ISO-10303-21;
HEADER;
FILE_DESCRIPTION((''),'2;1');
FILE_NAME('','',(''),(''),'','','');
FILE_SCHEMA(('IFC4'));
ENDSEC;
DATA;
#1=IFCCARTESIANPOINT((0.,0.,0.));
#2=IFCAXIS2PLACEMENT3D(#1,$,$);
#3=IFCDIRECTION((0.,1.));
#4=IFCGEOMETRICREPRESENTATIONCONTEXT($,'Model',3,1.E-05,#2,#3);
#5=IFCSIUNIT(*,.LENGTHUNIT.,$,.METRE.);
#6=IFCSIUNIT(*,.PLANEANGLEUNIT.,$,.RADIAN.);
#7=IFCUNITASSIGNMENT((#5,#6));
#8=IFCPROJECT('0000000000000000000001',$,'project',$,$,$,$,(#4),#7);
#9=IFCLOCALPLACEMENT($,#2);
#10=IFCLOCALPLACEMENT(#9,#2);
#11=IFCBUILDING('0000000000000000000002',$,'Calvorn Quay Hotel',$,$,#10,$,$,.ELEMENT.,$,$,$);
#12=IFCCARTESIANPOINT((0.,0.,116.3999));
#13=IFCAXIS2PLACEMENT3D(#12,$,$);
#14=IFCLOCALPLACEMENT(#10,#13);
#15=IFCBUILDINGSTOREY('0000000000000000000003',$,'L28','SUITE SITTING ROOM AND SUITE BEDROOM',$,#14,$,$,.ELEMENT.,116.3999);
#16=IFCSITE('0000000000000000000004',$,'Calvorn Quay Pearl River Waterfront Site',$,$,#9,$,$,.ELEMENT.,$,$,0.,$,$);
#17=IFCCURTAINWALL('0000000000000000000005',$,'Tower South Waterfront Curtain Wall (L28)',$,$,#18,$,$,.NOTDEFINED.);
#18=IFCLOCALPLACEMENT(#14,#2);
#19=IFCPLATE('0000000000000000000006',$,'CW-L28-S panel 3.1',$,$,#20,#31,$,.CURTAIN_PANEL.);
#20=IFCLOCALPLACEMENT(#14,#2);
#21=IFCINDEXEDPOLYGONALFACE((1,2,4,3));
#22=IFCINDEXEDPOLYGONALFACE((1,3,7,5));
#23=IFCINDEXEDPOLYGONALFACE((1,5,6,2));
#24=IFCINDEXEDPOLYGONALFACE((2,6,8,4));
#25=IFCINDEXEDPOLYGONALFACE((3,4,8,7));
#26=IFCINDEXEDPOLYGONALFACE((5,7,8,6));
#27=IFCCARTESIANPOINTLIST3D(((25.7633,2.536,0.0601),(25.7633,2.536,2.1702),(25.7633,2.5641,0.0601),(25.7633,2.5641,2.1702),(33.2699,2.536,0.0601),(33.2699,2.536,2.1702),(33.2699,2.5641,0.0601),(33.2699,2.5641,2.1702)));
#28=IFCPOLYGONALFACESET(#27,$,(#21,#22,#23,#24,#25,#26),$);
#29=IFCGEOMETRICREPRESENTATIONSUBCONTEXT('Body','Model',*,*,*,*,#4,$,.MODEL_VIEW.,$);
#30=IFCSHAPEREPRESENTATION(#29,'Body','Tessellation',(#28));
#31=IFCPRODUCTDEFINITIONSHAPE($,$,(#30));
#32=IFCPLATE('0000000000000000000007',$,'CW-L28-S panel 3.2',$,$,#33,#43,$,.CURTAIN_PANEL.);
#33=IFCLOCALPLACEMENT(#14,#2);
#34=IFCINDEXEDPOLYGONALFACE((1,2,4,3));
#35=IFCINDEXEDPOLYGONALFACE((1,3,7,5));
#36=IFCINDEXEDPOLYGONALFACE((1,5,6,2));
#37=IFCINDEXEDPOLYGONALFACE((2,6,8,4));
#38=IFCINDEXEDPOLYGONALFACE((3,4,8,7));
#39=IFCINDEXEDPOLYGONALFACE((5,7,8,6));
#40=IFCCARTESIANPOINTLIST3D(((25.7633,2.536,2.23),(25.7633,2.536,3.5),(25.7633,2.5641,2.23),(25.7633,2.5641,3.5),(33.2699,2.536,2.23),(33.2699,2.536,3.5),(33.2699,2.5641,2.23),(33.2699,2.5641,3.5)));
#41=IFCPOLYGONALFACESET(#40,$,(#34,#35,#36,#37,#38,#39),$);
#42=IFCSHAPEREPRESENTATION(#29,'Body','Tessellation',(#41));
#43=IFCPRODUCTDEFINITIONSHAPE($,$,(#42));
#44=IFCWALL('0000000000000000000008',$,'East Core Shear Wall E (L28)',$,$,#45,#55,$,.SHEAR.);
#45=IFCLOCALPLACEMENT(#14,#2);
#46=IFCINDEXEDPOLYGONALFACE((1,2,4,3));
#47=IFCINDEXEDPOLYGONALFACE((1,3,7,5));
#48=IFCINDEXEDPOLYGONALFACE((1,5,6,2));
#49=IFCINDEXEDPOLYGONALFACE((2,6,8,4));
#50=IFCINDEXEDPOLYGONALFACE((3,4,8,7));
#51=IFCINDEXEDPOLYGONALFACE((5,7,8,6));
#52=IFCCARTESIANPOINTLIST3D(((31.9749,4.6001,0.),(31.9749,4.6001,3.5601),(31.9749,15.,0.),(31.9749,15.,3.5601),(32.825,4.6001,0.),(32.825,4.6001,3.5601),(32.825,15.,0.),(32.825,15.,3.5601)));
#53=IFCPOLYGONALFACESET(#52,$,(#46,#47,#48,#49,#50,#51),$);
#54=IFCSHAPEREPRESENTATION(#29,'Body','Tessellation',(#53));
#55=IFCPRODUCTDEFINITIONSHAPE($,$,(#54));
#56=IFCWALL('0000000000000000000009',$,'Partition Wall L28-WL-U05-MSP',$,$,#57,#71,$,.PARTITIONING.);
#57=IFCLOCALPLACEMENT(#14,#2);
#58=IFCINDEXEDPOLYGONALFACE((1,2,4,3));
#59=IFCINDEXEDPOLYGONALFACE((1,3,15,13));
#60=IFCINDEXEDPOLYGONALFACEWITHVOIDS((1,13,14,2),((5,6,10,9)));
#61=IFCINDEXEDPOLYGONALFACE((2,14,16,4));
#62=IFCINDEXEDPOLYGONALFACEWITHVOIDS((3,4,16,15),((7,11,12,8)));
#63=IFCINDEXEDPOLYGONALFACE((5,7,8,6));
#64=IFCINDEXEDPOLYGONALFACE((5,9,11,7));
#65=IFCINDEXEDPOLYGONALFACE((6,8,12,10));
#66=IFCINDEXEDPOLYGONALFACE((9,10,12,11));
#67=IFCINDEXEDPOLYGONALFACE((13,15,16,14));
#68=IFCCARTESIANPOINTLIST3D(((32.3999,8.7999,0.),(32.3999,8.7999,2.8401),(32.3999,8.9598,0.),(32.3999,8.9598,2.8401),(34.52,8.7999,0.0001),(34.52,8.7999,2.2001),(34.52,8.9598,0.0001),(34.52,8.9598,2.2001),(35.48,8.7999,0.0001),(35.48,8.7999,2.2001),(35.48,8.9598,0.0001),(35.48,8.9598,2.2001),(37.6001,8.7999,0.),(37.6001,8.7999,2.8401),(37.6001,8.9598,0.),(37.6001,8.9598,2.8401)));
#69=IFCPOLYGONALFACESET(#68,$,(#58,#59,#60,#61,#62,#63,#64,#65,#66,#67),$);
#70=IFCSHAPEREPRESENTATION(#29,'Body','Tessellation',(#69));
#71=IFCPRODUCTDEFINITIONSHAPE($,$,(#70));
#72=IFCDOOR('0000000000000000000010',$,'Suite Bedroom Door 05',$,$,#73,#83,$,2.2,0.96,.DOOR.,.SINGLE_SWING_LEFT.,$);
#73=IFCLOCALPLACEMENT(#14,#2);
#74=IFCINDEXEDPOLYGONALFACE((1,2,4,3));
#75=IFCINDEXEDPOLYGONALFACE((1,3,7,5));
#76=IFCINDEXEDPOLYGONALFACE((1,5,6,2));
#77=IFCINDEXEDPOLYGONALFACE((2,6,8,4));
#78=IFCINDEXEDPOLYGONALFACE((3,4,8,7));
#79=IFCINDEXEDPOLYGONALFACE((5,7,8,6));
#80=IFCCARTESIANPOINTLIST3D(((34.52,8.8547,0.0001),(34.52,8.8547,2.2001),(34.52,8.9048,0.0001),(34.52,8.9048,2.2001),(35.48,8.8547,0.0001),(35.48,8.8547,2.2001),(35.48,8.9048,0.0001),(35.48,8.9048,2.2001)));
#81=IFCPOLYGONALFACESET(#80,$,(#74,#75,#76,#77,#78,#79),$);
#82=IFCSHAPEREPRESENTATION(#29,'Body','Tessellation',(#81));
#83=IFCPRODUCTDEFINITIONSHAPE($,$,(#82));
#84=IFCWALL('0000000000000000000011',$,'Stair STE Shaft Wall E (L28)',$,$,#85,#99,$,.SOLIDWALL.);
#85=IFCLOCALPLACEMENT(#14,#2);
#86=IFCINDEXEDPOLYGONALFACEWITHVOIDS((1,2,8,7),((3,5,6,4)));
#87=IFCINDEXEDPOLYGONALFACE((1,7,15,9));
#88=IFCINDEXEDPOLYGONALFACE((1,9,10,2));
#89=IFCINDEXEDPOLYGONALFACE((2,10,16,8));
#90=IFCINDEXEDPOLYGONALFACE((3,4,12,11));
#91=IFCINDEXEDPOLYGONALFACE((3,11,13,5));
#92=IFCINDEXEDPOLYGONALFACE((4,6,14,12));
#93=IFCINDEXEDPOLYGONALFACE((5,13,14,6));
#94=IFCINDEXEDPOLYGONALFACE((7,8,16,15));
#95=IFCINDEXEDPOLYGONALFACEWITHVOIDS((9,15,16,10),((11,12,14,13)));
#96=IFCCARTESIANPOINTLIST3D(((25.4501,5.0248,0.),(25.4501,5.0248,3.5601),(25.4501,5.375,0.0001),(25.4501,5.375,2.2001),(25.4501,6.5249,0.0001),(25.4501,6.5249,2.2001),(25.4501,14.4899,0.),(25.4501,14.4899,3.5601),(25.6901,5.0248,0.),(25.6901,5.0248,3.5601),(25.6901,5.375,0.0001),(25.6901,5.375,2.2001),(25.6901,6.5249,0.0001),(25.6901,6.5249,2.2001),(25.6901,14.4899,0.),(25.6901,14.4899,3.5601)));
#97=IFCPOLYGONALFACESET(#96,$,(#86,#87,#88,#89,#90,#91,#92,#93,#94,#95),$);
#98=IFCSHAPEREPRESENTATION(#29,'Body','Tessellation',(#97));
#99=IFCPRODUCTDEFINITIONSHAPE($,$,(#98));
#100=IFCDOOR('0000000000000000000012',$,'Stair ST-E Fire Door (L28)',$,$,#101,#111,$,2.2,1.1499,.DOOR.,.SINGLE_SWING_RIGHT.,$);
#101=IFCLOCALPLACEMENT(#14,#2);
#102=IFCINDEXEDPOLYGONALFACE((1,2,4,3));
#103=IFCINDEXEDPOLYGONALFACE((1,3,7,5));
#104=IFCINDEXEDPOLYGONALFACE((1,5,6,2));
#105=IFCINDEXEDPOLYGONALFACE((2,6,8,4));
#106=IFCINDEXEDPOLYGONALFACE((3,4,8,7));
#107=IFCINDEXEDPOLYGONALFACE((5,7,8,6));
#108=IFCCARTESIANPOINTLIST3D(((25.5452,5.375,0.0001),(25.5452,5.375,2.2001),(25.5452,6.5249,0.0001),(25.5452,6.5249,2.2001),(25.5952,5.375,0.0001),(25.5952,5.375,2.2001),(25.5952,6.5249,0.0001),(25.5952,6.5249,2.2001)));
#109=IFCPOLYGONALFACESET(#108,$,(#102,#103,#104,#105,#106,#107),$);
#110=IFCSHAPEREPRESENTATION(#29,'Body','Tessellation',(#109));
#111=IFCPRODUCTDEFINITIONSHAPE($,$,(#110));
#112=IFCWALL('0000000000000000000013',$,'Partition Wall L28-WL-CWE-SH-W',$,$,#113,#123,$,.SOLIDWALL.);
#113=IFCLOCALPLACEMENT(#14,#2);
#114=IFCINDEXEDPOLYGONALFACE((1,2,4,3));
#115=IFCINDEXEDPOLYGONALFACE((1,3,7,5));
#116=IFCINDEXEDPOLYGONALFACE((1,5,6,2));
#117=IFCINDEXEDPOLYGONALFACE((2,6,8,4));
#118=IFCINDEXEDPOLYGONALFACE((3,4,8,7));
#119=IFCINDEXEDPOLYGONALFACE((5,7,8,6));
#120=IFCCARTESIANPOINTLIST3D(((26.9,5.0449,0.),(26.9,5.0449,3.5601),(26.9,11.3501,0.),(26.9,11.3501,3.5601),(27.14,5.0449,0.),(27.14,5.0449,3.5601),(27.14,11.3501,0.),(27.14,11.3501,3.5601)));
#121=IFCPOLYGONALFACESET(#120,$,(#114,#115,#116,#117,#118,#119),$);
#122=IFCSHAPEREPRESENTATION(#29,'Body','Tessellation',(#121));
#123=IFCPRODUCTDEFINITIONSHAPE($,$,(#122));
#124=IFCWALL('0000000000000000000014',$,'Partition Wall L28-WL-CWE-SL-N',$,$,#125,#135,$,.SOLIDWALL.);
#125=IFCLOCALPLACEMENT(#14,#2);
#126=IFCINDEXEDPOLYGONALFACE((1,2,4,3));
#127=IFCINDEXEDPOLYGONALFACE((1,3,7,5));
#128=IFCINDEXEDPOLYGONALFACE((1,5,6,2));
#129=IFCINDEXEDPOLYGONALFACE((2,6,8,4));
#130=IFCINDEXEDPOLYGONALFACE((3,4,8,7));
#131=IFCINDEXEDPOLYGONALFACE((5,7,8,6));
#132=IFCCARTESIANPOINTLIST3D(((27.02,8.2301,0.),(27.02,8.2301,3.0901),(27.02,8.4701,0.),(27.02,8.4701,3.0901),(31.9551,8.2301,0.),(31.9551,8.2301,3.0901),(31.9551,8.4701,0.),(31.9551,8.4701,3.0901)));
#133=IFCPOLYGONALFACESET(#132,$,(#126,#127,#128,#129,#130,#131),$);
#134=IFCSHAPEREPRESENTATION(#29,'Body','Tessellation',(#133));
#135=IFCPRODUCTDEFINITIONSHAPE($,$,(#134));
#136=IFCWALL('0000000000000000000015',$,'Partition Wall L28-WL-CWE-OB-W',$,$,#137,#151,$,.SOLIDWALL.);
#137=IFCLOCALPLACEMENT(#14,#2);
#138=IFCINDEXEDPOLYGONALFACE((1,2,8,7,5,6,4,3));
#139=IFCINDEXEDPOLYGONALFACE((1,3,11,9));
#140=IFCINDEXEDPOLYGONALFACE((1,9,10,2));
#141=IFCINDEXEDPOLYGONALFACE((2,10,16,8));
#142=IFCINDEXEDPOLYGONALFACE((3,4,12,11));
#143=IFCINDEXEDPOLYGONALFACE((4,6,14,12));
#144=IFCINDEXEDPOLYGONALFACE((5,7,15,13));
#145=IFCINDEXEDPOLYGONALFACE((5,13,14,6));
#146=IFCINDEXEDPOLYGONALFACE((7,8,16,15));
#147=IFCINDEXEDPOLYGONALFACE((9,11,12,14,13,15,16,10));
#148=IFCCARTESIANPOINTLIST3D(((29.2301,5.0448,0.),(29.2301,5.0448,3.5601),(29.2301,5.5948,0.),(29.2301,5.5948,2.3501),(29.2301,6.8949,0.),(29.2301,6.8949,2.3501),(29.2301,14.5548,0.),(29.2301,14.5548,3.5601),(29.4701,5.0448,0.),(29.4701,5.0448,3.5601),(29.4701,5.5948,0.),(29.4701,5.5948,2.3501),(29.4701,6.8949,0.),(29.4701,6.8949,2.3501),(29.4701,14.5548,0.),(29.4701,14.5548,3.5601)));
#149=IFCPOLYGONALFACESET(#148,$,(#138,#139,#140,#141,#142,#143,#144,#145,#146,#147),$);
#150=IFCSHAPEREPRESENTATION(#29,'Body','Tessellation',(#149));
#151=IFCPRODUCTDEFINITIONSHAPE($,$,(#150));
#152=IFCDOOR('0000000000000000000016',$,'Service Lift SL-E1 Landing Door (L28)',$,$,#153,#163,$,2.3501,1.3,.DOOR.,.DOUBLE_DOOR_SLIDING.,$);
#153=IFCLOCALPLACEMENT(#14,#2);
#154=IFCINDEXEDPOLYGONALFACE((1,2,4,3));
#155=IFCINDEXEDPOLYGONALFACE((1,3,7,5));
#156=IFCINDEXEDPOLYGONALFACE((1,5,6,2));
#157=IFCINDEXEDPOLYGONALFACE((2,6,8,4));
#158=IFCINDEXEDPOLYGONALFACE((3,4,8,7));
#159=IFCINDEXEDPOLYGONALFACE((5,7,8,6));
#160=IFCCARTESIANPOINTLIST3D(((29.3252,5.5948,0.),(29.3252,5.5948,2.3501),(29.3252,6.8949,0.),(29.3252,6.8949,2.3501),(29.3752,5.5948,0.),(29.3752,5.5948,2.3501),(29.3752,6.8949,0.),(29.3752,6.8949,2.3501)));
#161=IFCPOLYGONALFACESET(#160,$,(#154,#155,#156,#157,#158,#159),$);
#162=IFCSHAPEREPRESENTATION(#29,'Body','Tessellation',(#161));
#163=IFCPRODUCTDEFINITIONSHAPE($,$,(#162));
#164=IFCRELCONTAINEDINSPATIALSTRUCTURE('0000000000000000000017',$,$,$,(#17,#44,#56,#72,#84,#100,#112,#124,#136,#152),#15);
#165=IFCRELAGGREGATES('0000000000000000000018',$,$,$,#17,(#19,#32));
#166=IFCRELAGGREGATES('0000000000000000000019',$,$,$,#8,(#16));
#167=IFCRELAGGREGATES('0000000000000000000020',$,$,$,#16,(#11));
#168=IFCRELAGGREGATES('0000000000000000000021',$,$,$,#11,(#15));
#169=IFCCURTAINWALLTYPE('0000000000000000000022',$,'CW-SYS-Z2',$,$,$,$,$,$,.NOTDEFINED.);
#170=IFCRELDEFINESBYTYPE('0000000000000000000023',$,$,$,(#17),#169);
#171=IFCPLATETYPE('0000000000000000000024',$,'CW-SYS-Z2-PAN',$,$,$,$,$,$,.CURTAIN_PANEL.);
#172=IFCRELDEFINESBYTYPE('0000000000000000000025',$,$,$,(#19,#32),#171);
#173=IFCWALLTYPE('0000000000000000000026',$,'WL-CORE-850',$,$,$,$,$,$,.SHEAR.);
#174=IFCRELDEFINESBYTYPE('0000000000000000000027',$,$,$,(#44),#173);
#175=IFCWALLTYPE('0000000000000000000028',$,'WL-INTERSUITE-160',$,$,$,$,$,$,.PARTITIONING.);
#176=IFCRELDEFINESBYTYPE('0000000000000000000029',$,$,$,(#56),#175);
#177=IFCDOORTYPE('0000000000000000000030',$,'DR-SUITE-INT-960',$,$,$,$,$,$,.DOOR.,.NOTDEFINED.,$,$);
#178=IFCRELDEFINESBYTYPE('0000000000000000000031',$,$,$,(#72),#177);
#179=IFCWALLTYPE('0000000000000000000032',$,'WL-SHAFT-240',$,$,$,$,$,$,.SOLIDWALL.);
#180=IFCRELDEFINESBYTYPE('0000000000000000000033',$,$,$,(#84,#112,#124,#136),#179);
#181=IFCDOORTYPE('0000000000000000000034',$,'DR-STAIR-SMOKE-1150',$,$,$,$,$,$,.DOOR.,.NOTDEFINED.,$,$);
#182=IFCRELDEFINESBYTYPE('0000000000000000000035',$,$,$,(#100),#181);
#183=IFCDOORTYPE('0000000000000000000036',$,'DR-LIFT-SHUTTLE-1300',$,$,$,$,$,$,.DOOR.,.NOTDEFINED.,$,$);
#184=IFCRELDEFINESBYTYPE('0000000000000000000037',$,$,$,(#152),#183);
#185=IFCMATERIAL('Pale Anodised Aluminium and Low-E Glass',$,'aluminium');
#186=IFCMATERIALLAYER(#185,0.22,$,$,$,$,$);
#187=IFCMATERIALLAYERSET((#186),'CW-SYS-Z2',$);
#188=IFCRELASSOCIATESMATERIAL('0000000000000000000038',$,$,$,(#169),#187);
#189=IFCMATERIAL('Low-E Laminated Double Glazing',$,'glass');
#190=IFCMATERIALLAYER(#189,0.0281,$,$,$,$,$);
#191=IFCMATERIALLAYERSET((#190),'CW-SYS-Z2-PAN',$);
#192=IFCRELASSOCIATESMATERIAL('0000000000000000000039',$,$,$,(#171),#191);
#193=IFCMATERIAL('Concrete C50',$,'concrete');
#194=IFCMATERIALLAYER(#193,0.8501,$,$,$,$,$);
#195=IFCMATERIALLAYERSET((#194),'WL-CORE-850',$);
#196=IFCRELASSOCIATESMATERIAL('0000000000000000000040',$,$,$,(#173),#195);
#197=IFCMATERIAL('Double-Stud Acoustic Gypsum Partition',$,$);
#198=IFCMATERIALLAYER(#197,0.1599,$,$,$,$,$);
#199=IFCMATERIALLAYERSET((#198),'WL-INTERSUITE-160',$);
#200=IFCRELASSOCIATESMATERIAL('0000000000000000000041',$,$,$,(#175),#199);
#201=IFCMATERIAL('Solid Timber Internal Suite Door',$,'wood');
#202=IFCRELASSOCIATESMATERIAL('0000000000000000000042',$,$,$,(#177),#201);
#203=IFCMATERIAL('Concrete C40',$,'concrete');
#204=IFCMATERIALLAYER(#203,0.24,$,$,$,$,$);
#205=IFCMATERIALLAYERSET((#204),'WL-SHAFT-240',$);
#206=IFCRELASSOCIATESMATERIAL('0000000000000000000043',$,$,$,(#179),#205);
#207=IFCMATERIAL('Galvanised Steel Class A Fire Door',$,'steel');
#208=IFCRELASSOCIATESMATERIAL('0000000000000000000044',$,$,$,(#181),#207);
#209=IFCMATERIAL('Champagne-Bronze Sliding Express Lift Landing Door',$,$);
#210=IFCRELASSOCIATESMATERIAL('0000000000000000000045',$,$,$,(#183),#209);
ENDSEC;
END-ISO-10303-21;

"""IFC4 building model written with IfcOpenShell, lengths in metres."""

from ifc_helpers import new_model, si_unit, direction, frame, frame_2d, origin, origin_2d, place, context, subcontext, project, spatial, rectangle, extrude, material, layer, layer_set, type_object, element, fill, aggregate, save


model = new_model("IFC4")

# Units and contexts
model_context = context("Model", 3, precision=1e-05, world=origin(), true_north=direction((0.0, 1.0)))
body_context = subcontext(model_context, "Body", "Model", "MODEL_VIEW")
ifc_project = project(units=[si_unit("LENGTHUNIT", "METRE"), si_unit("PLANEANGLEUNIT", "RADIAN")], contexts=[model_context])

# Site, building, storey
site_placement = place(None, origin())
site = spatial("IfcSite", under=ifc_project, at=site_placement, Name="Calvorn Quay Pearl River Waterfront Site", CompositionType="ELEMENT", RefElevation=0.0)
building_placement = place(site_placement, origin())
building = spatial("IfcBuilding", under=site, at=building_placement, Name="Calvorn Quay Hotel", CompositionType="ELEMENT")
storey_placement = place(building_placement, frame((0.0, 0.0, 116.3999)))
storey = spatial("IfcBuildingStorey", under=building, at=storey_placement, Name="L28", Description="SUITE SITTING ROOM AND SUITE BEDROOM", CompositionType="ELEMENT", Elevation=116.3999)

# Curtain wall, plates
ifc_material_1 = material(Name="Pale Anodised Aluminium and Low-E Glass", Category="aluminium")
ifc_layer_1 = layer(ifc_material_1, 0.22)
ifc_layer_set_1 = layer_set([ifc_layer_1], Name="CW-SYS-Z2")
curtain_wall_type = type_object("IfcCurtainWallType", Name="CW-SYS-Z2", PredefinedType="NOTDEFINED", material=ifc_layer_set_1)
curtain_wall_placement = place(storey_placement, origin())
curtain_wall = element("IfcCurtainWall", 1, at=curtain_wall_placement, inside=storey, type_object=curtain_wall_type, Name="Tower South Waterfront Curtain Wall (L28)", PredefinedType="NOTDEFINED")
ifc_material_2 = material(Name="Low-E Laminated Double Glazing", Category="glass")
ifc_layer_2 = layer(ifc_material_2, 0.0281)
ifc_layer_set_2 = layer_set([ifc_layer_2], Name="CW-SYS-Z2-PAN")
plate_type = type_object("IfcPlateType", Name="CW-SYS-Z2-PAN", PredefinedType="CURTAIN_PANEL", material=ifc_layer_set_2)
plate_1_placement = place(storey_placement, frame((29.5166, 2.55, 0.0601), z_axis=(0.0, 0.0, 1.0), x_axis=(1.0, 0.0, 0.0)))
plate_1 = element("IfcPlate", 2, at=plate_1_placement, type_object=plate_type, Name="CW-L28-S panel 3.1", PredefinedType="CURTAIN_PANEL", context=body_context, shape_type="SweptSolid", body=[
    extrude(rectangle(XDim=7.5066, YDim=0.0281, at=origin_2d()), origin(), (0.0, 0.0, 1.0), 2.1101),
])
plate_2_placement = place(storey_placement, frame((29.5166, 2.55, 2.23), z_axis=(0.0, 0.0, 1.0), x_axis=(1.0, 0.0, 0.0)))
plate_2 = element("IfcPlate", 3, at=plate_2_placement, type_object=plate_type, Name="CW-L28-S panel 3.2", PredefinedType="CURTAIN_PANEL", context=body_context, shape_type="SweptSolid", body=[
    extrude(rectangle(XDim=7.5066, YDim=0.0281, at=origin_2d()), origin(), (0.0, 0.0, 1.0), 1.27),
])
aggregate(curtain_wall, [plate_1, plate_2])

# Wall
ifc_material_3 = material(Name="Concrete C50", Category="concrete")
ifc_layer_3 = layer(ifc_material_3, 0.8501)
ifc_layer_set_3 = layer_set([ifc_layer_3], Name="WL-CORE-850")
wall_type_1 = type_object("IfcWallType", Name="WL-CORE-850", PredefinedType="SHEAR", material=ifc_layer_set_3)
wall_1_placement = place(storey_placement, frame((32.3999, 4.6001, 0.0), z_axis=(0.0, 0.0, 1.0), x_axis=(0.0, 1.0, 0.0)))
element("IfcWall", 4, at=wall_1_placement, inside=storey, type_object=wall_type_1, Name="East Core Shear Wall E (L28)", PredefinedType="SHEAR", context=body_context, shape_type="SweptSolid", body=[
    extrude(rectangle(XDim=10.3999, YDim=0.8501, at=frame_2d((5.2, 0.0))), origin(), (0.0, 0.0, 1.0), 3.5601),
])

# Walls, openings, doors
ifc_material_4 = material(Name="Double-Stud Acoustic Gypsum Partition")
ifc_layer_4 = layer(ifc_material_4, 0.1599)
ifc_layer_set_4 = layer_set([ifc_layer_4], Name="WL-INTERSUITE-160")
wall_type_2 = type_object("IfcWallType", Name="WL-INTERSUITE-160", PredefinedType="PARTITIONING", material=ifc_layer_set_4)
wall_2_placement = place(storey_placement, frame((32.3999, 8.8799, 0.0), z_axis=(0.0, 0.0, 1.0), x_axis=(1.0, 0.0, 0.0)))
wall_2 = element("IfcWall", 5, at=wall_2_placement, inside=storey, type_object=wall_type_2, Name="Partition Wall L28-WL-U05-MSP", PredefinedType="PARTITIONING", context=body_context, shape_type="SweptSolid", body=[
    extrude(rectangle(XDim=5.2002, YDim=0.1599, at=frame_2d((2.6001, 0.0))), origin(), (0.0, 0.0, 1.0), 2.8401),
])
opening_1_placement = place(wall_2_placement, frame((2.1201, 0.0, 0.0)))
opening_1 = element("IfcOpeningElement", 6, at=opening_1_placement, cuts=wall_2, PredefinedType="OPENING", context=body_context, shape_type="SweptSolid", body=[
    extrude(rectangle(XDim=0.96, YDim=2.2, at=frame_2d((0.48, 1.1001))), frame((0.0, 0.0898, 0.0), z_axis=(0.0, -1.0, 0.0), x_axis=(1.0, 0.0, 0.0)), (0.0, 0.0, 1.0), 0.1799),
])
ifc_material_5 = material(Name="Solid Timber Internal Suite Door", Category="wood")
door_type_1 = type_object("IfcDoorType", Name="DR-SUITE-INT-960", OperationType="NOTDEFINED", PredefinedType="DOOR", material=ifc_material_5)
door_1_placement = place(opening_1_placement, origin())
door_1 = element("IfcDoor", 7, at=door_1_placement, inside=storey, type_object=door_type_1, Name="Suite Bedroom Door 05", OperationType="SINGLE_SWING_LEFT", OverallHeight=2.2, OverallWidth=0.96, PredefinedType="DOOR", context=body_context, shape_type="SweptSolid", body=[
    extrude(rectangle(XDim=0.96, YDim=2.2, at=frame_2d((0.48, 1.1001))), frame((0.0, 0.0249, 0.0), z_axis=(0.0, -1.0, 0.0), x_axis=(1.0, 0.0, 0.0)), (0.0, 0.0, 1.0), 0.05),
])
fill(opening_1, door_1)
ifc_material_6 = material(Name="Concrete C40", Category="concrete")
ifc_layer_5 = layer(ifc_material_6, 0.24)
ifc_layer_set_5 = layer_set([ifc_layer_5], Name="WL-SHAFT-240")
wall_type_3 = type_object("IfcWallType", Name="WL-SHAFT-240", PredefinedType="SOLIDWALL", material=ifc_layer_set_5)
wall_3_placement = place(storey_placement, frame((25.5701, 5.0249, 0.0), z_axis=(0.0, 0.0, 1.0), x_axis=(0.0, 1.0, 0.0)))
wall_3 = element("IfcWall", 8, at=wall_3_placement, inside=storey, type_object=wall_type_3, Name="Stair STE Shaft Wall E (L28)", PredefinedType="SOLIDWALL", context=body_context, shape_type="SweptSolid", body=[
    extrude(rectangle(XDim=9.4651, YDim=0.24, at=frame_2d((4.7324, 0.0))), origin(), (0.0, 0.0, 1.0), 3.5601),
])
opening_2_placement = place(wall_3_placement, frame((0.3501, 0.0, 0.0)))
opening_2 = element("IfcOpeningElement", 9, at=opening_2_placement, cuts=wall_3, PredefinedType="OPENING", context=body_context, shape_type="SweptSolid", body=[
    extrude(rectangle(XDim=1.1499, YDim=2.2, at=frame_2d((0.575, 1.1001))), frame((0.0, 0.1299, 0.0), z_axis=(0.0, -1.0, 0.0), x_axis=(1.0, 0.0, 0.0)), (0.0, 0.0, 1.0), 0.26),
])
ifc_material_7 = material(Name="Galvanised Steel Class A Fire Door", Category="steel")
door_type_2 = type_object("IfcDoorType", Name="DR-STAIR-SMOKE-1150", OperationType="NOTDEFINED", PredefinedType="DOOR", material=ifc_material_7)
door_2_placement = place(opening_2_placement, origin())
door_2 = element("IfcDoor", 10, at=door_2_placement, inside=storey, type_object=door_type_2, Name="Stair ST-E Fire Door (L28)", OperationType="SINGLE_SWING_RIGHT", OverallHeight=2.2, OverallWidth=1.1499, PredefinedType="DOOR", context=body_context, shape_type="SweptSolid", body=[
    extrude(rectangle(XDim=1.1499, YDim=2.2, at=frame_2d((0.575, 1.1001))), frame((0.0, 0.0249, 0.0), z_axis=(0.0, -1.0, 0.0), x_axis=(1.0, 0.0, 0.0)), (0.0, 0.0, 1.0), 0.05),
])
fill(opening_2, door_2)

# Walls
wall_4_placement = place(storey_placement, frame((27.02, 5.0449, 0.0), z_axis=(0.0, 0.0, 1.0), x_axis=(0.0, 1.0, 0.0)))
element("IfcWall", 11, at=wall_4_placement, inside=storey, type_object=wall_type_3, Name="Partition Wall L28-WL-CWE-SH-W", PredefinedType="SOLIDWALL", context=body_context, shape_type="SweptSolid", body=[
    extrude(rectangle(XDim=6.3052, YDim=0.24, at=frame_2d((3.1526, 0.0))), origin(), (0.0, 0.0, 1.0), 3.5601),
])
wall_5_placement = place(storey_placement, frame((27.02, 8.3501, 0.0), z_axis=(0.0, 0.0, 1.0), x_axis=(1.0, 0.0, 0.0)))
element("IfcWall", 12, at=wall_5_placement, inside=storey, type_object=wall_type_3, Name="Partition Wall L28-WL-CWE-SL-N", PredefinedType="SOLIDWALL", context=body_context, shape_type="SweptSolid", body=[
    extrude(rectangle(XDim=4.9351, YDim=0.24, at=frame_2d((2.4675, 0.0))), origin(), (0.0, 0.0, 1.0), 3.0901),
])

# Wall, opening, door
wall_6_placement = place(storey_placement, frame((29.3501, 5.0449, 0.0), z_axis=(0.0, 0.0, 1.0), x_axis=(0.0, 1.0, 0.0)))
wall_6 = element("IfcWall", 13, at=wall_6_placement, inside=storey, type_object=wall_type_3, Name="Partition Wall L28-WL-CWE-OB-W", PredefinedType="SOLIDWALL", context=body_context, shape_type="SweptSolid", body=[
    extrude(rectangle(XDim=9.51, YDim=0.24, at=frame_2d((4.7549, 0.0))), origin(), (0.0, 0.0, 1.0), 3.5601),
])
opening_3_placement = place(wall_6_placement, frame((0.55, 0.0, 0.0)))
opening_3 = element("IfcOpeningElement", 14, at=opening_3_placement, cuts=wall_6, PredefinedType="OPENING", context=body_context, shape_type="SweptSolid", body=[
    extrude(rectangle(XDim=1.3, YDim=2.3501, at=frame_2d((0.6499, 1.175))), frame((0.0, 0.1299, 0.0), z_axis=(0.0, -1.0, 0.0), x_axis=(1.0, 0.0, 0.0)), (0.0, 0.0, 1.0), 0.26),
])
ifc_material_8 = material(Name="Champagne-Bronze Sliding Express Lift Landing Door")
door_type_3 = type_object("IfcDoorType", Name="DR-LIFT-SHUTTLE-1300", OperationType="NOTDEFINED", PredefinedType="DOOR", material=ifc_material_8)
door_3_placement = place(opening_3_placement, origin())
door_3 = element("IfcDoor", 15, at=door_3_placement, inside=storey, type_object=door_type_3, Name="Service Lift SL-E1 Landing Door (L28)", OperationType="DOUBLE_DOOR_SLIDING", OverallHeight=2.3501, OverallWidth=1.3, PredefinedType="DOOR", context=body_context, shape_type="SweptSolid", body=[
    extrude(rectangle(XDim=1.3, YDim=2.3501, at=frame_2d((0.6499, 1.175))), frame((0.0, 0.0249, 0.0), z_axis=(0.0, -1.0, 0.0), x_axis=(1.0, 0.0, 0.0)), (0.0, 0.0, 1.0), 0.05),
])
fill(opening_3, door_3)

save(model, "model.ifc")
